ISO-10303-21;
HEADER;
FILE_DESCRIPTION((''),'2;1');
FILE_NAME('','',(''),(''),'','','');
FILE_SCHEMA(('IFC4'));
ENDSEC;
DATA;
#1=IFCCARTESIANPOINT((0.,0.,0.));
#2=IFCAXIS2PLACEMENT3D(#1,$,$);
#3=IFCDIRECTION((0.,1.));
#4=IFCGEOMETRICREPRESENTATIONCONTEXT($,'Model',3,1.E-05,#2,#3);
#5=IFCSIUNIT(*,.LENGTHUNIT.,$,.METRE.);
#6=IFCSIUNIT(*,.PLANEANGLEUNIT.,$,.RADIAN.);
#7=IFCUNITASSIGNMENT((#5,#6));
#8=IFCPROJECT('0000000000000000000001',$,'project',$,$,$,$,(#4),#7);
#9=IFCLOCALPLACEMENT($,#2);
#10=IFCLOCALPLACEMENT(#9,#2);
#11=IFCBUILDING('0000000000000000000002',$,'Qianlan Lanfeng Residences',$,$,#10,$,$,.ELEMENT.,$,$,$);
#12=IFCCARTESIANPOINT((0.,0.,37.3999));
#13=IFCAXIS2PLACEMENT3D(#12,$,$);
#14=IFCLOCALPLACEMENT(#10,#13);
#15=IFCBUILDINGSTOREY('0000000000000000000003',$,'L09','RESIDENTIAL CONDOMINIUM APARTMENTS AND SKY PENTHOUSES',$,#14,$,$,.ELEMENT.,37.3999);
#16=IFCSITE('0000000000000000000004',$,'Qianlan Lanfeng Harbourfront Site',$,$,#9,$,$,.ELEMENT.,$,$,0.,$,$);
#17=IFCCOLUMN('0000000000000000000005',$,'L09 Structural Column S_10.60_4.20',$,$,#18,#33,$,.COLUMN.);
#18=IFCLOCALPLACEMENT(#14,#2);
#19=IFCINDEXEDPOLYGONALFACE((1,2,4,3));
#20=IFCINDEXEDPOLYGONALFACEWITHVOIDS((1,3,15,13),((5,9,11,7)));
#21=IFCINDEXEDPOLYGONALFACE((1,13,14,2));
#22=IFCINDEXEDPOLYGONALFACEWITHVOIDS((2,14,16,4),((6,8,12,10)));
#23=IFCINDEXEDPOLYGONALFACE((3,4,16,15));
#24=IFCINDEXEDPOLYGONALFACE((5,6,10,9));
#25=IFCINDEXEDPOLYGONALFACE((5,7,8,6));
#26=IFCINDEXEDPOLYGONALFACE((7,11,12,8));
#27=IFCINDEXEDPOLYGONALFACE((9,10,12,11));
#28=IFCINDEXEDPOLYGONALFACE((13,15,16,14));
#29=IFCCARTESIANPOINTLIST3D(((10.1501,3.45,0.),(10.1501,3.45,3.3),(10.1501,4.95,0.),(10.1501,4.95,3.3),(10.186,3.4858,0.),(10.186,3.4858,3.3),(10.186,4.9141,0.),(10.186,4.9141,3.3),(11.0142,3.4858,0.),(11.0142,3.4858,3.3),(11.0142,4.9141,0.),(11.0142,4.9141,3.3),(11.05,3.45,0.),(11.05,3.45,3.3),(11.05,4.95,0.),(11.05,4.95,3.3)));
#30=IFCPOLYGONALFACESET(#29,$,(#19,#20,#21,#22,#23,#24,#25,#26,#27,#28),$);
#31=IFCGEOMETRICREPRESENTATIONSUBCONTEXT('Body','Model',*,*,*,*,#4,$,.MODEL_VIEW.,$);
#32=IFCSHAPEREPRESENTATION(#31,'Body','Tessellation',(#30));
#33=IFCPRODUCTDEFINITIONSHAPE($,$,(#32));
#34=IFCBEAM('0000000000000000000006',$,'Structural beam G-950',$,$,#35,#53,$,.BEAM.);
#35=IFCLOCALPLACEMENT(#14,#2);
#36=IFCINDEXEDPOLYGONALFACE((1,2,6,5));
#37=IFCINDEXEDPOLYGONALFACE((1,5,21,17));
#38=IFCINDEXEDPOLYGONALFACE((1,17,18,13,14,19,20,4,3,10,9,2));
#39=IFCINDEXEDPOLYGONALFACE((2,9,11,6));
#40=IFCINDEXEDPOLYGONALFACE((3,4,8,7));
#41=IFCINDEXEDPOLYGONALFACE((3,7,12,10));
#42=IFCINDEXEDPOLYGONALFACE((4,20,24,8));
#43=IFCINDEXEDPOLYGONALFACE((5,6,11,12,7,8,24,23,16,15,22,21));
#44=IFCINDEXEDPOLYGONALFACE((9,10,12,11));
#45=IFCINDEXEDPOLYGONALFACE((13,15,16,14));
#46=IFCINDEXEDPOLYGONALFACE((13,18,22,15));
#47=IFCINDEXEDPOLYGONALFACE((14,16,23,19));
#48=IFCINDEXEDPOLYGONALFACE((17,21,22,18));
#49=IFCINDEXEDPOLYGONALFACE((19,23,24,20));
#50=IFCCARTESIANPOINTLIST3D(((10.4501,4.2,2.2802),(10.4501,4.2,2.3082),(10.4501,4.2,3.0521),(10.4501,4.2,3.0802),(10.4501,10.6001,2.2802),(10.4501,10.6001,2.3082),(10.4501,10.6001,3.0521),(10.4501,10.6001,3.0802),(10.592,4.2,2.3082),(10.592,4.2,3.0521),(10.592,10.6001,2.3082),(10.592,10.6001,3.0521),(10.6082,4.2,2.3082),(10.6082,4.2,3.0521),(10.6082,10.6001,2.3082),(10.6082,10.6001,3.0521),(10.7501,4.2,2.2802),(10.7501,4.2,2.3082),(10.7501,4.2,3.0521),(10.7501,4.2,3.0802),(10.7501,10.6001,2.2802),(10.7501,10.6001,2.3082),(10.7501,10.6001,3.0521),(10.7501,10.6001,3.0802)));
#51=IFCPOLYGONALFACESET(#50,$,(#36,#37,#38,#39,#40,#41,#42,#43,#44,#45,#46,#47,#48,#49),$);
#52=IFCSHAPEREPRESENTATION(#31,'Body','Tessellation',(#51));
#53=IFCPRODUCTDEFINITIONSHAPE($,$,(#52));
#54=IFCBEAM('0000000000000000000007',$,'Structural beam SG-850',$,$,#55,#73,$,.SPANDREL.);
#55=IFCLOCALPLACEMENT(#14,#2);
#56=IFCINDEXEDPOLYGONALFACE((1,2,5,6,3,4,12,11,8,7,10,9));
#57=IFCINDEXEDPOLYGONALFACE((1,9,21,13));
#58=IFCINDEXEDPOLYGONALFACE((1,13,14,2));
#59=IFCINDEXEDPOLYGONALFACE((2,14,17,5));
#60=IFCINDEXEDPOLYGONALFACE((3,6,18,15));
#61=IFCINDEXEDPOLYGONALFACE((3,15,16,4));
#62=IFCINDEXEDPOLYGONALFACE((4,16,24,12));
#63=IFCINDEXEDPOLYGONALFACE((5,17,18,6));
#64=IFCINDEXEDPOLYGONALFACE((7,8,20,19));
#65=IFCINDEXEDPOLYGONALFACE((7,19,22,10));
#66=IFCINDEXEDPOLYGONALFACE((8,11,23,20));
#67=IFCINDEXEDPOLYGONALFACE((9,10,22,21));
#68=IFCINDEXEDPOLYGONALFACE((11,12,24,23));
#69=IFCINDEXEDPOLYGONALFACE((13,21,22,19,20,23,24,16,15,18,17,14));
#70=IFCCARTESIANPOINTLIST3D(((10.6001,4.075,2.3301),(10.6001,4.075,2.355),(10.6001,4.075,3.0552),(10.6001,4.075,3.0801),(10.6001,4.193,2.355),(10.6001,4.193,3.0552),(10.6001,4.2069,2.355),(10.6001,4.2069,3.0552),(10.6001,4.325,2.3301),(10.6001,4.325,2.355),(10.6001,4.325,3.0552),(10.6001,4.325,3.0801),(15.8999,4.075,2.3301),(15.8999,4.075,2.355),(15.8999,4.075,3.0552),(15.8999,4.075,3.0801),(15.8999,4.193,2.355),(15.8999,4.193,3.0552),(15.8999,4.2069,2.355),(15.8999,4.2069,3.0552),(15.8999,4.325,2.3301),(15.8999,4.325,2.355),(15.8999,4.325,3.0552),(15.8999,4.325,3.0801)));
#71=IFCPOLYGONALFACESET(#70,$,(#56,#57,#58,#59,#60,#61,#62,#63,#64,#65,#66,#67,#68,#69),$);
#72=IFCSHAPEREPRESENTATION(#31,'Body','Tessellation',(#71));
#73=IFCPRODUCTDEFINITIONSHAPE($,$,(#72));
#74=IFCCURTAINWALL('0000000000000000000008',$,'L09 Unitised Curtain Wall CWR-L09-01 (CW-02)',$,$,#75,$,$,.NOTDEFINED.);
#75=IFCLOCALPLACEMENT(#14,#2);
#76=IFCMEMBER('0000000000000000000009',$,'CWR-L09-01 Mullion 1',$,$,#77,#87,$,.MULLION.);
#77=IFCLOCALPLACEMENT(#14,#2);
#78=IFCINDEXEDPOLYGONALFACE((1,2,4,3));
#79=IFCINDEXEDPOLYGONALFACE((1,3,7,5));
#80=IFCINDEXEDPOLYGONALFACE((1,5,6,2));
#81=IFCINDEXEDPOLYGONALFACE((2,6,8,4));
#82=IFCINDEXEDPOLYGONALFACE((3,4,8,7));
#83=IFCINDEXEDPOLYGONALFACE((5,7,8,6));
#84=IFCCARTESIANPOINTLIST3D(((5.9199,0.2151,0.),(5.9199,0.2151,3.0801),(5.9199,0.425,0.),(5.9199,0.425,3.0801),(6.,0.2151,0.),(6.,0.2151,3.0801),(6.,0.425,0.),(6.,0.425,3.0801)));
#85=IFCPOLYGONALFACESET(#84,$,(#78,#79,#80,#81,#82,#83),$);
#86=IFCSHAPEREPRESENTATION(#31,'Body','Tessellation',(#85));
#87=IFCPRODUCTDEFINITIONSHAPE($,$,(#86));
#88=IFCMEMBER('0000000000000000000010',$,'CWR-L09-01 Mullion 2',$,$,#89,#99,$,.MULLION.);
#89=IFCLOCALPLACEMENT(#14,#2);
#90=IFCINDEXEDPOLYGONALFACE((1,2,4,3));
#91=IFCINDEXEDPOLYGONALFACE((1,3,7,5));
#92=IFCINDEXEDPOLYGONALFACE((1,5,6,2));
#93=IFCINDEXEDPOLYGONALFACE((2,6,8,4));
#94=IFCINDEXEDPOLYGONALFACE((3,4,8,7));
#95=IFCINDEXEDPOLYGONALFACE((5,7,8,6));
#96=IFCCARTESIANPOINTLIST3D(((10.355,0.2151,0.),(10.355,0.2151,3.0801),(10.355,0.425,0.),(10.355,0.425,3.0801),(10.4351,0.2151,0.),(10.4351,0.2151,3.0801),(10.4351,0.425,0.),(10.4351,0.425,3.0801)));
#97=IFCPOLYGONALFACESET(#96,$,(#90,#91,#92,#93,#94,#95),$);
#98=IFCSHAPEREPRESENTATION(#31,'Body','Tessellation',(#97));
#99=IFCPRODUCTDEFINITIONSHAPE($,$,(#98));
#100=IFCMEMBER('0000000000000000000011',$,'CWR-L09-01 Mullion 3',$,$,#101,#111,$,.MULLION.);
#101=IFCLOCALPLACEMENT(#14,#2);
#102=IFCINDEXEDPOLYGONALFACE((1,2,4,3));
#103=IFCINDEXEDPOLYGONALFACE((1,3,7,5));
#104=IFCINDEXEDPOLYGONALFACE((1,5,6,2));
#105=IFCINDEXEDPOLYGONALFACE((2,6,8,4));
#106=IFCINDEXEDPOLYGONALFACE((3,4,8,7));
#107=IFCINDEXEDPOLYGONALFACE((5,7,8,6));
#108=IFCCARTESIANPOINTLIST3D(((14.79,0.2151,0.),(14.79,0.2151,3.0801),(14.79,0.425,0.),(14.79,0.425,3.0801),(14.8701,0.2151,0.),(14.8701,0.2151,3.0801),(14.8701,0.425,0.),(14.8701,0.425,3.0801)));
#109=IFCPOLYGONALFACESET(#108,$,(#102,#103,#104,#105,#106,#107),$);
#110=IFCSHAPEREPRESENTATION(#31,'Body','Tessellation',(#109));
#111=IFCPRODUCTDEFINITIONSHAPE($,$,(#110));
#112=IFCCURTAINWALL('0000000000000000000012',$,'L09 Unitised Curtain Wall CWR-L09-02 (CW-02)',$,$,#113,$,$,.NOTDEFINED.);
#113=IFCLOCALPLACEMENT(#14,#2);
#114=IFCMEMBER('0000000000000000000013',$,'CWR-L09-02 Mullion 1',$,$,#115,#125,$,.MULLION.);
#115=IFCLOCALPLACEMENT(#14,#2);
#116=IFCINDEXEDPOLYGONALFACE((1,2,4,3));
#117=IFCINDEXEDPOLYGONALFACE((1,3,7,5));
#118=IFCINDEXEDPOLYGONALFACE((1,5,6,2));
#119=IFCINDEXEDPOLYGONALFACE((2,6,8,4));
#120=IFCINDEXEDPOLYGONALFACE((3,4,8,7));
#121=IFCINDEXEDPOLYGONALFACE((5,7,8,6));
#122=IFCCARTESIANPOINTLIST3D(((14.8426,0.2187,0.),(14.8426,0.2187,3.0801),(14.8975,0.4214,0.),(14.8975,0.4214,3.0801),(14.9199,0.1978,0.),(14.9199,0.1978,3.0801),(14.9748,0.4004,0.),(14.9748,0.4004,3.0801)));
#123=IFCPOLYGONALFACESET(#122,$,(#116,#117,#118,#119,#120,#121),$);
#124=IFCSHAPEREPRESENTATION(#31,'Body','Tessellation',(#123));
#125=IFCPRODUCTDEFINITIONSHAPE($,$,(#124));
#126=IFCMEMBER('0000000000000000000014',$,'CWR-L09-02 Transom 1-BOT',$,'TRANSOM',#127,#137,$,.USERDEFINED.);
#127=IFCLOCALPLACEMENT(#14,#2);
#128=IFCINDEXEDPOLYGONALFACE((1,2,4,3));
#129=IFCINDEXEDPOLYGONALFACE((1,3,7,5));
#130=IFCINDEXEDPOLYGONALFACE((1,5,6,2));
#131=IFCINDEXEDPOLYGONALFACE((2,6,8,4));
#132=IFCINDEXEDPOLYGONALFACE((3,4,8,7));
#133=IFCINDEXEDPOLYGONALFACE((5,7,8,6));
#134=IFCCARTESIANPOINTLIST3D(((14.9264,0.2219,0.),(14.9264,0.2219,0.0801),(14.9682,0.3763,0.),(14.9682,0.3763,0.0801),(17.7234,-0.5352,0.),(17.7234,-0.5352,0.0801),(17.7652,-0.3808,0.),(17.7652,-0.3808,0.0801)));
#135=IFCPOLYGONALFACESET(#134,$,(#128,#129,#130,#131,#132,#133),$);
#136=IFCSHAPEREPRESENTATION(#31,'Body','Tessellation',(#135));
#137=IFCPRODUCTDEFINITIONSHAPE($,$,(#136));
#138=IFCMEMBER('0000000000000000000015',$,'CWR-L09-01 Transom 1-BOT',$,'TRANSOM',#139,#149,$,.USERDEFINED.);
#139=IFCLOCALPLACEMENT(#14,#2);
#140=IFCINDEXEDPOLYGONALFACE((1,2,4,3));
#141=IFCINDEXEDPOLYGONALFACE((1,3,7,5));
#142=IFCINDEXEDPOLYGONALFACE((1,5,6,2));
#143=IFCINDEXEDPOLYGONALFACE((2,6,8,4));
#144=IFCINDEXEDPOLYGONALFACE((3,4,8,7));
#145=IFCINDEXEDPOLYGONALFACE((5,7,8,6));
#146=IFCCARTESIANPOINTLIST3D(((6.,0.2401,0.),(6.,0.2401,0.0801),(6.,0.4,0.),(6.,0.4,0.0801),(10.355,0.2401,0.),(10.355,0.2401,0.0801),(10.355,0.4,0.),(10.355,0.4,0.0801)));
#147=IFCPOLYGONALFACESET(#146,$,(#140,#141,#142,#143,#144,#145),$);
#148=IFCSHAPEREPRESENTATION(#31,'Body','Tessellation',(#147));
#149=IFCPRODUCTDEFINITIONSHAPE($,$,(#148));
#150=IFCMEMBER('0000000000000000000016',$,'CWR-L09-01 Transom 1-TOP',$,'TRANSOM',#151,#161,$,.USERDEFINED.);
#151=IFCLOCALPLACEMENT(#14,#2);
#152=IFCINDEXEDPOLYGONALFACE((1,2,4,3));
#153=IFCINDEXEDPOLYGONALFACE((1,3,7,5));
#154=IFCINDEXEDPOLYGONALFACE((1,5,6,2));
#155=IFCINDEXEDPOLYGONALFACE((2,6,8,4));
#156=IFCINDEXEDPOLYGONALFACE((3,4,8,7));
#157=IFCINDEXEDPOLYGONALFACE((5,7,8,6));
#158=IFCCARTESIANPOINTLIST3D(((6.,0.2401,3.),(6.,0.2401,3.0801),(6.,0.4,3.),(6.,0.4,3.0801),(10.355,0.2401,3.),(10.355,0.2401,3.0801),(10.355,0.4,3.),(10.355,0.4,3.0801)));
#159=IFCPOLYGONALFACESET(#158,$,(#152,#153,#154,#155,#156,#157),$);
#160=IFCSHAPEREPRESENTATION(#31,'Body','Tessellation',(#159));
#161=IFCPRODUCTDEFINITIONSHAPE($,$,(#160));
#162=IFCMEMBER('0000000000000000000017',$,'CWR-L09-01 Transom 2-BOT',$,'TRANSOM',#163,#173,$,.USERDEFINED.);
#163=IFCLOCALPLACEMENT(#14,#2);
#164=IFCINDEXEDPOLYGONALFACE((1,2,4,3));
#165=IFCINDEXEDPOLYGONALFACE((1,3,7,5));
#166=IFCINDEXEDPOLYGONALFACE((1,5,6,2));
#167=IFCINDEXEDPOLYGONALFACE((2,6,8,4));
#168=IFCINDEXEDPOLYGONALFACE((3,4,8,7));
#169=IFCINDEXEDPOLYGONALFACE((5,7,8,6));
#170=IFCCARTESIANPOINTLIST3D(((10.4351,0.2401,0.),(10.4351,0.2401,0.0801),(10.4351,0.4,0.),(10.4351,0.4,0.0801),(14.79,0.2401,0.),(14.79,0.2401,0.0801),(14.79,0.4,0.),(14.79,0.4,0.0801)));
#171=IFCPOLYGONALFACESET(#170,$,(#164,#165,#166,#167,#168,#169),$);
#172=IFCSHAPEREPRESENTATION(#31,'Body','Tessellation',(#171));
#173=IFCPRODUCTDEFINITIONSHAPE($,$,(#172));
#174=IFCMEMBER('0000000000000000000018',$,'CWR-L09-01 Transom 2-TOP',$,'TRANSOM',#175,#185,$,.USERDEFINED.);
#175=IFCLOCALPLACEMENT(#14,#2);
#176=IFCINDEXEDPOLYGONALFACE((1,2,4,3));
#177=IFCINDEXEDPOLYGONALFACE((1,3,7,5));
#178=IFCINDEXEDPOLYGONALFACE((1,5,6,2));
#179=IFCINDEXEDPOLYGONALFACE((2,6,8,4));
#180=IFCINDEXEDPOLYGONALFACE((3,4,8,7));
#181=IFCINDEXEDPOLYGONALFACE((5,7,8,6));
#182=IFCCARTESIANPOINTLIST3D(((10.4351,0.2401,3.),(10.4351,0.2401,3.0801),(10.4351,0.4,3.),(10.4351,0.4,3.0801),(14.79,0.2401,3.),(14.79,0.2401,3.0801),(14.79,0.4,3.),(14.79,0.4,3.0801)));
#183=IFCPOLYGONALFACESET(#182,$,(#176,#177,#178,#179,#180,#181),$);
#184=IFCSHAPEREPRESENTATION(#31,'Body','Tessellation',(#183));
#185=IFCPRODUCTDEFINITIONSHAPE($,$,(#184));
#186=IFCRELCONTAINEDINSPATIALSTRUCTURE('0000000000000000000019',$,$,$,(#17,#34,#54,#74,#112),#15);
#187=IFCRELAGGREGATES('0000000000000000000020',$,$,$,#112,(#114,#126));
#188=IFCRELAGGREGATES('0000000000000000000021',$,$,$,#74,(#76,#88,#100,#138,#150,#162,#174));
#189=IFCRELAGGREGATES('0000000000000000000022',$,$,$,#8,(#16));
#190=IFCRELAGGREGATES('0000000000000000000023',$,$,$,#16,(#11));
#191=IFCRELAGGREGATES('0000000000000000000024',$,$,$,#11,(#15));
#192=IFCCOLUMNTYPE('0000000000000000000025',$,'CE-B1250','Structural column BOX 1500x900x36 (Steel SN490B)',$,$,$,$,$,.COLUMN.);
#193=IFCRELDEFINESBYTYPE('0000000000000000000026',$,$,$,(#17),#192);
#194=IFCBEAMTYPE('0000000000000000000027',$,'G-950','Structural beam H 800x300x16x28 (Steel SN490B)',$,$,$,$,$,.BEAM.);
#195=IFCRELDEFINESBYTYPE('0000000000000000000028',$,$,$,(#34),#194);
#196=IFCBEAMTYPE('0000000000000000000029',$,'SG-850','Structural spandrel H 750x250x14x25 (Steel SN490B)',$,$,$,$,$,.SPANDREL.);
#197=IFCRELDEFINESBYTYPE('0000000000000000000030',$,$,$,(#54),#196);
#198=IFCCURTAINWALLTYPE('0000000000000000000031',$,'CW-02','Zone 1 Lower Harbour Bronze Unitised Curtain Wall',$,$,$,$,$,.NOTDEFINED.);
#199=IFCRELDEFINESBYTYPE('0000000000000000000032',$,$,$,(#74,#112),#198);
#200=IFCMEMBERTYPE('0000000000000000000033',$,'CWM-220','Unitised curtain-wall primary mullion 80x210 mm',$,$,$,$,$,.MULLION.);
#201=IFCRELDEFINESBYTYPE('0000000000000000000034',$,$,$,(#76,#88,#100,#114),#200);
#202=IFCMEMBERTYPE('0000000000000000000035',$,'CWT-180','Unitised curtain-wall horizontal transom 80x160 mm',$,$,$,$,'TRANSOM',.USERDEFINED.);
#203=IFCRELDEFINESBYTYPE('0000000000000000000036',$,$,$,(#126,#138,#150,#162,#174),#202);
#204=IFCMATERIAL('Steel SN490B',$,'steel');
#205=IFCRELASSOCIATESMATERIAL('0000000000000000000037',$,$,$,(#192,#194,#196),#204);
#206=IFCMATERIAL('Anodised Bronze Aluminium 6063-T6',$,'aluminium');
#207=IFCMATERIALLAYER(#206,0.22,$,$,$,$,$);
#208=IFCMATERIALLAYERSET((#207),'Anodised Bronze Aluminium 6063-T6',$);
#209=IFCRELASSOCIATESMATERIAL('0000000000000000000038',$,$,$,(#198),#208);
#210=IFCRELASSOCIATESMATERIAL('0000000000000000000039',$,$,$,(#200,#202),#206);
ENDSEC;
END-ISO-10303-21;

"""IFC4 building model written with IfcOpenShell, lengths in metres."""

from ifc_helpers import new_model, si_unit, direction, frame, origin, origin_2d, place, context, subcontext, project, spatial, rectangle, hollow_rectangle, i_section, extrude, source, transform, mapped, material, layer, layer_set, material_profile, profile_set, type_object, element, aggregate, save


model = new_model("IFC4")

# Units and contexts
model_context = context("Model", 3, precision=1e-05, world=origin(), true_north=direction((0.0, 1.0)))
body_context = subcontext(model_context, "Body", "Model", "MODEL_VIEW")
ifc_project = project(units=[si_unit("LENGTHUNIT", "METRE"), si_unit("PLANEANGLEUNIT", "RADIAN")], contexts=[model_context])

# Site, building, storey
site_placement = place(None, origin())
site = spatial("IfcSite", under=ifc_project, at=site_placement, Name="Qianlan Lanfeng Harbourfront Site", CompositionType="ELEMENT", RefElevation=0.0)
building_placement = place(site_placement, origin())
building = spatial("IfcBuilding", under=site, at=building_placement, Name="Qianlan Lanfeng Residences", CompositionType="ELEMENT")
storey_placement = place(building_placement, frame((0.0, 0.0, 37.3999)))
storey = spatial("IfcBuildingStorey", under=building, at=storey_placement, Name="L09", Description="RESIDENTIAL CONDOMINIUM APARTMENTS AND SKY PENTHOUSES", CompositionType="ELEMENT", Elevation=37.3999)

# Column
ifc_material_1 = material(Name="Steel SN490B", Category="steel")
ifc_material_profile_1 = material_profile(ifc_material_1, hollow_rectangle(XDim=0.8999, YDim=1.5, WallThickness=0.0359, at=origin_2d()), Name="BOX 1500x900x36")
ifc_profile_set_1 = profile_set([ifc_material_profile_1], Name="Steel SN490B")
column_type = type_object("IfcColumnType", Name="CE-B1250", Description="Structural column BOX 1500x900x36 (Steel SN490B)", PredefinedType="COLUMN", material=ifc_profile_set_1)
column_placement = place(storey_placement, frame((10.6001, 4.2, 0.0), z_axis=(0.0, 0.0, 1.0), x_axis=(1.0, 0.0, 0.0)))
element("IfcColumn", 1, at=column_placement, inside=storey, type_object=column_type, Name="L09 Structural Column S_10.60_4.20", PredefinedType="COLUMN", context=body_context, shape_type="SweptSolid", body=[
    extrude(hollow_rectangle(XDim=0.8999, YDim=1.5, WallThickness=0.0359, at=origin_2d()), origin(), (0.0, 0.0, 1.0), 3.3),
])

# Beams
ifc_material_profile_2 = material_profile(ifc_material_1, i_section(OverallWidth=0.3, OverallDepth=0.8, WebThickness=0.0161, FlangeThickness=0.0281, at=origin_2d()), Name="H 800x300x16x28")
ifc_profile_set_2 = profile_set([ifc_material_profile_2], Name="Steel SN490B")
beam_type_1 = type_object("IfcBeamType", Name="G-950", Description="Structural beam H 800x300x16x28 (Steel SN490B)", PredefinedType="BEAM", material=ifc_profile_set_2)
beam_1_placement = place(storey_placement, frame((10.6001, 4.2, 2.6802), z_axis=(0.0, 1.0, 0.0), x_axis=(-1.0, 0.0, 0.0)))
element("IfcBeam", 2, at=beam_1_placement, inside=storey, type_object=beam_type_1, Name="Structural beam G-950", PredefinedType="BEAM", context=body_context, shape_type="SweptSolid", body=[
    extrude(i_section(OverallWidth=0.3, OverallDepth=0.8, WebThickness=0.0161, FlangeThickness=0.0281, at=origin_2d()), origin(), (0.0, 0.0, 1.0), 6.4001),
])
ifc_material_profile_3 = material_profile(ifc_material_1, i_section(OverallWidth=0.25, OverallDepth=0.75, WebThickness=0.0139, FlangeThickness=0.0249, at=origin_2d()), Name="H 750x250x14x25")
ifc_profile_set_3 = profile_set([ifc_material_profile_3], Name="Steel SN490B")
beam_type_2 = type_object("IfcBeamType", Name="SG-850", Description="Structural spandrel H 750x250x14x25 (Steel SN490B)", PredefinedType="SPANDREL", material=ifc_profile_set_3)
beam_2_placement = place(storey_placement, frame((10.6001, 4.2, 2.7051), z_axis=(1.0, 0.0, 0.0), x_axis=(0.0, 1.0, 0.0)))
element("IfcBeam", 3, at=beam_2_placement, inside=storey, type_object=beam_type_2, Name="Structural beam SG-850", PredefinedType="SPANDREL", context=body_context, shape_type="SweptSolid", body=[
    extrude(i_section(OverallWidth=0.25, OverallDepth=0.75, WebThickness=0.0139, FlangeThickness=0.0249, at=origin_2d()), origin(), (0.0, 0.0, 1.0), 5.2998),
])

# Curtain walls, members
ifc_material_2 = material(Name="Anodised Bronze Aluminium 6063-T6", Category="aluminium")
ifc_layer_1 = layer(ifc_material_2, 0.22)
ifc_layer_set_1 = layer_set([ifc_layer_1], Name="Anodised Bronze Aluminium 6063-T6")
curtain_wall_type = type_object("IfcCurtainWallType", Name="CW-02", Description="Zone 1 Lower Harbour Bronze Unitised Curtain Wall", PredefinedType="NOTDEFINED", material=ifc_layer_set_1)
curtain_wall_1_placement = place(storey_placement, origin())
curtain_wall_1 = element("IfcCurtainWall", 4, at=curtain_wall_1_placement, inside=storey, type_object=curtain_wall_type, Name="L09 Unitised Curtain Wall CWR-L09-01 (CW-02)", PredefinedType="NOTDEFINED")
ifc_material_profile_4 = material_profile(ifc_material_2, rectangle(XDim=0.0801, YDim=0.21, at=origin_2d()), Name="ALU MULLION 80x210")
ifc_profile_set_4 = profile_set([ifc_material_profile_4], Name="Anodised Bronze Aluminium 6063-T6")
member_type_1 = type_object("IfcMemberType", Name="CWM-220", Description="Unitised curtain-wall primary mullion 80x210 mm", PredefinedType="MULLION", material=ifc_profile_set_4)
shared_shape_1 = source(origin(), body_context, "Body", "SweptSolid", [
    extrude(rectangle(XDim=0.0801, YDim=0.21, at=origin_2d()), origin(), (0.0, 0.0, 1.0), 3.0801),
])
member_1_placement = place(storey_placement, frame((5.96, 0.3201, 0.0), z_axis=(0.0, 0.0, 1.0), x_axis=(1.0, 0.0, 0.0)))
member_1 = element("IfcMember", 5, at=member_1_placement, type_object=member_type_1, Name="CWR-L09-01 Mullion 1", PredefinedType="MULLION", context=body_context, shape_type="MappedRepresentation", body=[
    mapped(shared_shape_1, transform((0.0, 0.0, 0.0), scale=1.0)),
])
member_2_placement = place(storey_placement, frame((10.395, 0.3201, 0.0), z_axis=(0.0, 0.0, 1.0), x_axis=(1.0, 0.0, 0.0)))
member_2 = element("IfcMember", 6, at=member_2_placement, type_object=member_type_1, Name="CWR-L09-01 Mullion 2", PredefinedType="MULLION", context=body_context, shape_type="MappedRepresentation", body=[
    mapped(shared_shape_1, transform((0.0, 0.0, 0.0), scale=1.0)),
])
member_3_placement = place(storey_placement, frame((14.8301, 0.3201, 0.0), z_axis=(0.0, 0.0, 1.0), x_axis=(1.0, 0.0, 0.0)))
member_3 = element("IfcMember", 7, at=member_3_placement, type_object=member_type_1, Name="CWR-L09-01 Mullion 3", PredefinedType="MULLION", context=body_context, shape_type="MappedRepresentation", body=[
    mapped(shared_shape_1, transform((0.0, 0.0, 0.0), scale=1.0)),
])
curtain_wall_2_placement = place(storey_placement, origin())
curtain_wall_2 = element("IfcCurtainWall", 8, at=curtain_wall_2_placement, inside=storey, type_object=curtain_wall_type, Name="L09 Unitised Curtain Wall CWR-L09-02 (CW-02)", PredefinedType="NOTDEFINED")
member_4_placement = place(storey_placement, frame((14.9087, 0.3096, 0.0), z_axis=(0.0, 0.0, 1.0), x_axis=(0.965263, -0.261281, 0.0)))
member_4 = element("IfcMember", 9, at=member_4_placement, type_object=member_type_1, Name="CWR-L09-02 Mullion 1", PredefinedType="MULLION", context=body_context, shape_type="MappedRepresentation", body=[
    mapped(shared_shape_1, transform((0.0, 0.0, 0.0), scale=1.0)),
])
ifc_material_profile_5 = material_profile(ifc_material_2, rectangle(XDim=0.0801, YDim=0.1599, at=origin_2d()), Name="ALU TRANSOM 80x160")
ifc_profile_set_5 = profile_set([ifc_material_profile_5], Name="Anodised Bronze Aluminium 6063-T6")
member_type_2 = type_object("IfcMemberType", Name="CWT-180", Description="Unitised curtain-wall horizontal transom 80x160 mm", ElementType="TRANSOM", PredefinedType="USERDEFINED", material=ifc_profile_set_5)
shared_shape_2 = source(origin(), body_context, "Body", "SweptSolid", [
    extrude(rectangle(XDim=0.0801, YDim=0.1599, at=origin_2d()), origin(), (0.0, 0.0, 1.0), 2.8977),
])
member_5_placement = place(storey_placement, frame((14.9473, 0.2991, 0.04), z_axis=(0.965268, -0.261263, 0.0), x_axis=(0.0, 0.0, 1.0)))
member_5 = element("IfcMember", 10, at=member_5_placement, type_object=member_type_2, Name="CWR-L09-02 Transom 1-BOT", ObjectType="TRANSOM", PredefinedType="USERDEFINED", context=body_context, shape_type="MappedRepresentation", body=[
    mapped(shared_shape_2, transform((0.0, 0.0, 0.0), scale=1.0)),
])
aggregate(curtain_wall_2, [member_4, member_5])

# Members
shared_shape_3 = source(origin(), body_context, "Body", "SweptSolid", [
    extrude(rectangle(XDim=0.0801, YDim=0.1599, at=origin_2d()), origin(), (0.0, 0.0, 1.0), 4.355),
])
member_6_placement = place(storey_placement, frame((6.0, 0.3201, 0.04), z_axis=(1.0, 0.0, 0.0), x_axis=(0.0, 0.0, 1.0)))
member_6 = element("IfcMember", 11, at=member_6_placement, type_object=member_type_2, Name="CWR-L09-01 Transom 1-BOT", ObjectType="TRANSOM", PredefinedType="USERDEFINED", context=body_context, shape_type="MappedRepresentation", body=[
    mapped(shared_shape_3, transform((0.0, 0.0, 0.0), scale=1.0)),
])
member_7_placement = place(storey_placement, frame((6.0, 0.3201, 3.04), z_axis=(1.0, 0.0, 0.0), x_axis=(0.0, 0.0, 1.0)))
member_7 = element("IfcMember", 12, at=member_7_placement, type_object=member_type_2, Name="CWR-L09-01 Transom 1-TOP", ObjectType="TRANSOM", PredefinedType="USERDEFINED", context=body_context, shape_type="MappedRepresentation", body=[
    mapped(shared_shape_3, transform((0.0, 0.0, 0.0), scale=1.0)),
])
member_8_placement = place(storey_placement, frame((10.4351, 0.3201, 0.04), z_axis=(1.0, 0.0, 0.0), x_axis=(0.0, 0.0, 1.0)))
member_8 = element("IfcMember", 13, at=member_8_placement, type_object=member_type_2, Name="CWR-L09-01 Transom 2-BOT", ObjectType="TRANSOM", PredefinedType="USERDEFINED", context=body_context, shape_type="MappedRepresentation", body=[
    mapped(shared_shape_3, transform((0.0, 0.0, 0.0), scale=1.0)),
])
member_9_placement = place(storey_placement, frame((10.4351, 0.3201, 3.04), z_axis=(1.0, 0.0, 0.0), x_axis=(0.0, 0.0, 1.0)))
member_9 = element("IfcMember", 14, at=member_9_placement, type_object=member_type_2, Name="CWR-L09-01 Transom 2-TOP", ObjectType="TRANSOM", PredefinedType="USERDEFINED", context=body_context, shape_type="MappedRepresentation", body=[
    mapped(shared_shape_3, transform((0.0, 0.0, 0.0), scale=1.0)),
])

aggregate(curtain_wall_1, [member_1, member_2, member_3, member_6, member_7, member_8, member_9])

save(model, "model.ifc")
